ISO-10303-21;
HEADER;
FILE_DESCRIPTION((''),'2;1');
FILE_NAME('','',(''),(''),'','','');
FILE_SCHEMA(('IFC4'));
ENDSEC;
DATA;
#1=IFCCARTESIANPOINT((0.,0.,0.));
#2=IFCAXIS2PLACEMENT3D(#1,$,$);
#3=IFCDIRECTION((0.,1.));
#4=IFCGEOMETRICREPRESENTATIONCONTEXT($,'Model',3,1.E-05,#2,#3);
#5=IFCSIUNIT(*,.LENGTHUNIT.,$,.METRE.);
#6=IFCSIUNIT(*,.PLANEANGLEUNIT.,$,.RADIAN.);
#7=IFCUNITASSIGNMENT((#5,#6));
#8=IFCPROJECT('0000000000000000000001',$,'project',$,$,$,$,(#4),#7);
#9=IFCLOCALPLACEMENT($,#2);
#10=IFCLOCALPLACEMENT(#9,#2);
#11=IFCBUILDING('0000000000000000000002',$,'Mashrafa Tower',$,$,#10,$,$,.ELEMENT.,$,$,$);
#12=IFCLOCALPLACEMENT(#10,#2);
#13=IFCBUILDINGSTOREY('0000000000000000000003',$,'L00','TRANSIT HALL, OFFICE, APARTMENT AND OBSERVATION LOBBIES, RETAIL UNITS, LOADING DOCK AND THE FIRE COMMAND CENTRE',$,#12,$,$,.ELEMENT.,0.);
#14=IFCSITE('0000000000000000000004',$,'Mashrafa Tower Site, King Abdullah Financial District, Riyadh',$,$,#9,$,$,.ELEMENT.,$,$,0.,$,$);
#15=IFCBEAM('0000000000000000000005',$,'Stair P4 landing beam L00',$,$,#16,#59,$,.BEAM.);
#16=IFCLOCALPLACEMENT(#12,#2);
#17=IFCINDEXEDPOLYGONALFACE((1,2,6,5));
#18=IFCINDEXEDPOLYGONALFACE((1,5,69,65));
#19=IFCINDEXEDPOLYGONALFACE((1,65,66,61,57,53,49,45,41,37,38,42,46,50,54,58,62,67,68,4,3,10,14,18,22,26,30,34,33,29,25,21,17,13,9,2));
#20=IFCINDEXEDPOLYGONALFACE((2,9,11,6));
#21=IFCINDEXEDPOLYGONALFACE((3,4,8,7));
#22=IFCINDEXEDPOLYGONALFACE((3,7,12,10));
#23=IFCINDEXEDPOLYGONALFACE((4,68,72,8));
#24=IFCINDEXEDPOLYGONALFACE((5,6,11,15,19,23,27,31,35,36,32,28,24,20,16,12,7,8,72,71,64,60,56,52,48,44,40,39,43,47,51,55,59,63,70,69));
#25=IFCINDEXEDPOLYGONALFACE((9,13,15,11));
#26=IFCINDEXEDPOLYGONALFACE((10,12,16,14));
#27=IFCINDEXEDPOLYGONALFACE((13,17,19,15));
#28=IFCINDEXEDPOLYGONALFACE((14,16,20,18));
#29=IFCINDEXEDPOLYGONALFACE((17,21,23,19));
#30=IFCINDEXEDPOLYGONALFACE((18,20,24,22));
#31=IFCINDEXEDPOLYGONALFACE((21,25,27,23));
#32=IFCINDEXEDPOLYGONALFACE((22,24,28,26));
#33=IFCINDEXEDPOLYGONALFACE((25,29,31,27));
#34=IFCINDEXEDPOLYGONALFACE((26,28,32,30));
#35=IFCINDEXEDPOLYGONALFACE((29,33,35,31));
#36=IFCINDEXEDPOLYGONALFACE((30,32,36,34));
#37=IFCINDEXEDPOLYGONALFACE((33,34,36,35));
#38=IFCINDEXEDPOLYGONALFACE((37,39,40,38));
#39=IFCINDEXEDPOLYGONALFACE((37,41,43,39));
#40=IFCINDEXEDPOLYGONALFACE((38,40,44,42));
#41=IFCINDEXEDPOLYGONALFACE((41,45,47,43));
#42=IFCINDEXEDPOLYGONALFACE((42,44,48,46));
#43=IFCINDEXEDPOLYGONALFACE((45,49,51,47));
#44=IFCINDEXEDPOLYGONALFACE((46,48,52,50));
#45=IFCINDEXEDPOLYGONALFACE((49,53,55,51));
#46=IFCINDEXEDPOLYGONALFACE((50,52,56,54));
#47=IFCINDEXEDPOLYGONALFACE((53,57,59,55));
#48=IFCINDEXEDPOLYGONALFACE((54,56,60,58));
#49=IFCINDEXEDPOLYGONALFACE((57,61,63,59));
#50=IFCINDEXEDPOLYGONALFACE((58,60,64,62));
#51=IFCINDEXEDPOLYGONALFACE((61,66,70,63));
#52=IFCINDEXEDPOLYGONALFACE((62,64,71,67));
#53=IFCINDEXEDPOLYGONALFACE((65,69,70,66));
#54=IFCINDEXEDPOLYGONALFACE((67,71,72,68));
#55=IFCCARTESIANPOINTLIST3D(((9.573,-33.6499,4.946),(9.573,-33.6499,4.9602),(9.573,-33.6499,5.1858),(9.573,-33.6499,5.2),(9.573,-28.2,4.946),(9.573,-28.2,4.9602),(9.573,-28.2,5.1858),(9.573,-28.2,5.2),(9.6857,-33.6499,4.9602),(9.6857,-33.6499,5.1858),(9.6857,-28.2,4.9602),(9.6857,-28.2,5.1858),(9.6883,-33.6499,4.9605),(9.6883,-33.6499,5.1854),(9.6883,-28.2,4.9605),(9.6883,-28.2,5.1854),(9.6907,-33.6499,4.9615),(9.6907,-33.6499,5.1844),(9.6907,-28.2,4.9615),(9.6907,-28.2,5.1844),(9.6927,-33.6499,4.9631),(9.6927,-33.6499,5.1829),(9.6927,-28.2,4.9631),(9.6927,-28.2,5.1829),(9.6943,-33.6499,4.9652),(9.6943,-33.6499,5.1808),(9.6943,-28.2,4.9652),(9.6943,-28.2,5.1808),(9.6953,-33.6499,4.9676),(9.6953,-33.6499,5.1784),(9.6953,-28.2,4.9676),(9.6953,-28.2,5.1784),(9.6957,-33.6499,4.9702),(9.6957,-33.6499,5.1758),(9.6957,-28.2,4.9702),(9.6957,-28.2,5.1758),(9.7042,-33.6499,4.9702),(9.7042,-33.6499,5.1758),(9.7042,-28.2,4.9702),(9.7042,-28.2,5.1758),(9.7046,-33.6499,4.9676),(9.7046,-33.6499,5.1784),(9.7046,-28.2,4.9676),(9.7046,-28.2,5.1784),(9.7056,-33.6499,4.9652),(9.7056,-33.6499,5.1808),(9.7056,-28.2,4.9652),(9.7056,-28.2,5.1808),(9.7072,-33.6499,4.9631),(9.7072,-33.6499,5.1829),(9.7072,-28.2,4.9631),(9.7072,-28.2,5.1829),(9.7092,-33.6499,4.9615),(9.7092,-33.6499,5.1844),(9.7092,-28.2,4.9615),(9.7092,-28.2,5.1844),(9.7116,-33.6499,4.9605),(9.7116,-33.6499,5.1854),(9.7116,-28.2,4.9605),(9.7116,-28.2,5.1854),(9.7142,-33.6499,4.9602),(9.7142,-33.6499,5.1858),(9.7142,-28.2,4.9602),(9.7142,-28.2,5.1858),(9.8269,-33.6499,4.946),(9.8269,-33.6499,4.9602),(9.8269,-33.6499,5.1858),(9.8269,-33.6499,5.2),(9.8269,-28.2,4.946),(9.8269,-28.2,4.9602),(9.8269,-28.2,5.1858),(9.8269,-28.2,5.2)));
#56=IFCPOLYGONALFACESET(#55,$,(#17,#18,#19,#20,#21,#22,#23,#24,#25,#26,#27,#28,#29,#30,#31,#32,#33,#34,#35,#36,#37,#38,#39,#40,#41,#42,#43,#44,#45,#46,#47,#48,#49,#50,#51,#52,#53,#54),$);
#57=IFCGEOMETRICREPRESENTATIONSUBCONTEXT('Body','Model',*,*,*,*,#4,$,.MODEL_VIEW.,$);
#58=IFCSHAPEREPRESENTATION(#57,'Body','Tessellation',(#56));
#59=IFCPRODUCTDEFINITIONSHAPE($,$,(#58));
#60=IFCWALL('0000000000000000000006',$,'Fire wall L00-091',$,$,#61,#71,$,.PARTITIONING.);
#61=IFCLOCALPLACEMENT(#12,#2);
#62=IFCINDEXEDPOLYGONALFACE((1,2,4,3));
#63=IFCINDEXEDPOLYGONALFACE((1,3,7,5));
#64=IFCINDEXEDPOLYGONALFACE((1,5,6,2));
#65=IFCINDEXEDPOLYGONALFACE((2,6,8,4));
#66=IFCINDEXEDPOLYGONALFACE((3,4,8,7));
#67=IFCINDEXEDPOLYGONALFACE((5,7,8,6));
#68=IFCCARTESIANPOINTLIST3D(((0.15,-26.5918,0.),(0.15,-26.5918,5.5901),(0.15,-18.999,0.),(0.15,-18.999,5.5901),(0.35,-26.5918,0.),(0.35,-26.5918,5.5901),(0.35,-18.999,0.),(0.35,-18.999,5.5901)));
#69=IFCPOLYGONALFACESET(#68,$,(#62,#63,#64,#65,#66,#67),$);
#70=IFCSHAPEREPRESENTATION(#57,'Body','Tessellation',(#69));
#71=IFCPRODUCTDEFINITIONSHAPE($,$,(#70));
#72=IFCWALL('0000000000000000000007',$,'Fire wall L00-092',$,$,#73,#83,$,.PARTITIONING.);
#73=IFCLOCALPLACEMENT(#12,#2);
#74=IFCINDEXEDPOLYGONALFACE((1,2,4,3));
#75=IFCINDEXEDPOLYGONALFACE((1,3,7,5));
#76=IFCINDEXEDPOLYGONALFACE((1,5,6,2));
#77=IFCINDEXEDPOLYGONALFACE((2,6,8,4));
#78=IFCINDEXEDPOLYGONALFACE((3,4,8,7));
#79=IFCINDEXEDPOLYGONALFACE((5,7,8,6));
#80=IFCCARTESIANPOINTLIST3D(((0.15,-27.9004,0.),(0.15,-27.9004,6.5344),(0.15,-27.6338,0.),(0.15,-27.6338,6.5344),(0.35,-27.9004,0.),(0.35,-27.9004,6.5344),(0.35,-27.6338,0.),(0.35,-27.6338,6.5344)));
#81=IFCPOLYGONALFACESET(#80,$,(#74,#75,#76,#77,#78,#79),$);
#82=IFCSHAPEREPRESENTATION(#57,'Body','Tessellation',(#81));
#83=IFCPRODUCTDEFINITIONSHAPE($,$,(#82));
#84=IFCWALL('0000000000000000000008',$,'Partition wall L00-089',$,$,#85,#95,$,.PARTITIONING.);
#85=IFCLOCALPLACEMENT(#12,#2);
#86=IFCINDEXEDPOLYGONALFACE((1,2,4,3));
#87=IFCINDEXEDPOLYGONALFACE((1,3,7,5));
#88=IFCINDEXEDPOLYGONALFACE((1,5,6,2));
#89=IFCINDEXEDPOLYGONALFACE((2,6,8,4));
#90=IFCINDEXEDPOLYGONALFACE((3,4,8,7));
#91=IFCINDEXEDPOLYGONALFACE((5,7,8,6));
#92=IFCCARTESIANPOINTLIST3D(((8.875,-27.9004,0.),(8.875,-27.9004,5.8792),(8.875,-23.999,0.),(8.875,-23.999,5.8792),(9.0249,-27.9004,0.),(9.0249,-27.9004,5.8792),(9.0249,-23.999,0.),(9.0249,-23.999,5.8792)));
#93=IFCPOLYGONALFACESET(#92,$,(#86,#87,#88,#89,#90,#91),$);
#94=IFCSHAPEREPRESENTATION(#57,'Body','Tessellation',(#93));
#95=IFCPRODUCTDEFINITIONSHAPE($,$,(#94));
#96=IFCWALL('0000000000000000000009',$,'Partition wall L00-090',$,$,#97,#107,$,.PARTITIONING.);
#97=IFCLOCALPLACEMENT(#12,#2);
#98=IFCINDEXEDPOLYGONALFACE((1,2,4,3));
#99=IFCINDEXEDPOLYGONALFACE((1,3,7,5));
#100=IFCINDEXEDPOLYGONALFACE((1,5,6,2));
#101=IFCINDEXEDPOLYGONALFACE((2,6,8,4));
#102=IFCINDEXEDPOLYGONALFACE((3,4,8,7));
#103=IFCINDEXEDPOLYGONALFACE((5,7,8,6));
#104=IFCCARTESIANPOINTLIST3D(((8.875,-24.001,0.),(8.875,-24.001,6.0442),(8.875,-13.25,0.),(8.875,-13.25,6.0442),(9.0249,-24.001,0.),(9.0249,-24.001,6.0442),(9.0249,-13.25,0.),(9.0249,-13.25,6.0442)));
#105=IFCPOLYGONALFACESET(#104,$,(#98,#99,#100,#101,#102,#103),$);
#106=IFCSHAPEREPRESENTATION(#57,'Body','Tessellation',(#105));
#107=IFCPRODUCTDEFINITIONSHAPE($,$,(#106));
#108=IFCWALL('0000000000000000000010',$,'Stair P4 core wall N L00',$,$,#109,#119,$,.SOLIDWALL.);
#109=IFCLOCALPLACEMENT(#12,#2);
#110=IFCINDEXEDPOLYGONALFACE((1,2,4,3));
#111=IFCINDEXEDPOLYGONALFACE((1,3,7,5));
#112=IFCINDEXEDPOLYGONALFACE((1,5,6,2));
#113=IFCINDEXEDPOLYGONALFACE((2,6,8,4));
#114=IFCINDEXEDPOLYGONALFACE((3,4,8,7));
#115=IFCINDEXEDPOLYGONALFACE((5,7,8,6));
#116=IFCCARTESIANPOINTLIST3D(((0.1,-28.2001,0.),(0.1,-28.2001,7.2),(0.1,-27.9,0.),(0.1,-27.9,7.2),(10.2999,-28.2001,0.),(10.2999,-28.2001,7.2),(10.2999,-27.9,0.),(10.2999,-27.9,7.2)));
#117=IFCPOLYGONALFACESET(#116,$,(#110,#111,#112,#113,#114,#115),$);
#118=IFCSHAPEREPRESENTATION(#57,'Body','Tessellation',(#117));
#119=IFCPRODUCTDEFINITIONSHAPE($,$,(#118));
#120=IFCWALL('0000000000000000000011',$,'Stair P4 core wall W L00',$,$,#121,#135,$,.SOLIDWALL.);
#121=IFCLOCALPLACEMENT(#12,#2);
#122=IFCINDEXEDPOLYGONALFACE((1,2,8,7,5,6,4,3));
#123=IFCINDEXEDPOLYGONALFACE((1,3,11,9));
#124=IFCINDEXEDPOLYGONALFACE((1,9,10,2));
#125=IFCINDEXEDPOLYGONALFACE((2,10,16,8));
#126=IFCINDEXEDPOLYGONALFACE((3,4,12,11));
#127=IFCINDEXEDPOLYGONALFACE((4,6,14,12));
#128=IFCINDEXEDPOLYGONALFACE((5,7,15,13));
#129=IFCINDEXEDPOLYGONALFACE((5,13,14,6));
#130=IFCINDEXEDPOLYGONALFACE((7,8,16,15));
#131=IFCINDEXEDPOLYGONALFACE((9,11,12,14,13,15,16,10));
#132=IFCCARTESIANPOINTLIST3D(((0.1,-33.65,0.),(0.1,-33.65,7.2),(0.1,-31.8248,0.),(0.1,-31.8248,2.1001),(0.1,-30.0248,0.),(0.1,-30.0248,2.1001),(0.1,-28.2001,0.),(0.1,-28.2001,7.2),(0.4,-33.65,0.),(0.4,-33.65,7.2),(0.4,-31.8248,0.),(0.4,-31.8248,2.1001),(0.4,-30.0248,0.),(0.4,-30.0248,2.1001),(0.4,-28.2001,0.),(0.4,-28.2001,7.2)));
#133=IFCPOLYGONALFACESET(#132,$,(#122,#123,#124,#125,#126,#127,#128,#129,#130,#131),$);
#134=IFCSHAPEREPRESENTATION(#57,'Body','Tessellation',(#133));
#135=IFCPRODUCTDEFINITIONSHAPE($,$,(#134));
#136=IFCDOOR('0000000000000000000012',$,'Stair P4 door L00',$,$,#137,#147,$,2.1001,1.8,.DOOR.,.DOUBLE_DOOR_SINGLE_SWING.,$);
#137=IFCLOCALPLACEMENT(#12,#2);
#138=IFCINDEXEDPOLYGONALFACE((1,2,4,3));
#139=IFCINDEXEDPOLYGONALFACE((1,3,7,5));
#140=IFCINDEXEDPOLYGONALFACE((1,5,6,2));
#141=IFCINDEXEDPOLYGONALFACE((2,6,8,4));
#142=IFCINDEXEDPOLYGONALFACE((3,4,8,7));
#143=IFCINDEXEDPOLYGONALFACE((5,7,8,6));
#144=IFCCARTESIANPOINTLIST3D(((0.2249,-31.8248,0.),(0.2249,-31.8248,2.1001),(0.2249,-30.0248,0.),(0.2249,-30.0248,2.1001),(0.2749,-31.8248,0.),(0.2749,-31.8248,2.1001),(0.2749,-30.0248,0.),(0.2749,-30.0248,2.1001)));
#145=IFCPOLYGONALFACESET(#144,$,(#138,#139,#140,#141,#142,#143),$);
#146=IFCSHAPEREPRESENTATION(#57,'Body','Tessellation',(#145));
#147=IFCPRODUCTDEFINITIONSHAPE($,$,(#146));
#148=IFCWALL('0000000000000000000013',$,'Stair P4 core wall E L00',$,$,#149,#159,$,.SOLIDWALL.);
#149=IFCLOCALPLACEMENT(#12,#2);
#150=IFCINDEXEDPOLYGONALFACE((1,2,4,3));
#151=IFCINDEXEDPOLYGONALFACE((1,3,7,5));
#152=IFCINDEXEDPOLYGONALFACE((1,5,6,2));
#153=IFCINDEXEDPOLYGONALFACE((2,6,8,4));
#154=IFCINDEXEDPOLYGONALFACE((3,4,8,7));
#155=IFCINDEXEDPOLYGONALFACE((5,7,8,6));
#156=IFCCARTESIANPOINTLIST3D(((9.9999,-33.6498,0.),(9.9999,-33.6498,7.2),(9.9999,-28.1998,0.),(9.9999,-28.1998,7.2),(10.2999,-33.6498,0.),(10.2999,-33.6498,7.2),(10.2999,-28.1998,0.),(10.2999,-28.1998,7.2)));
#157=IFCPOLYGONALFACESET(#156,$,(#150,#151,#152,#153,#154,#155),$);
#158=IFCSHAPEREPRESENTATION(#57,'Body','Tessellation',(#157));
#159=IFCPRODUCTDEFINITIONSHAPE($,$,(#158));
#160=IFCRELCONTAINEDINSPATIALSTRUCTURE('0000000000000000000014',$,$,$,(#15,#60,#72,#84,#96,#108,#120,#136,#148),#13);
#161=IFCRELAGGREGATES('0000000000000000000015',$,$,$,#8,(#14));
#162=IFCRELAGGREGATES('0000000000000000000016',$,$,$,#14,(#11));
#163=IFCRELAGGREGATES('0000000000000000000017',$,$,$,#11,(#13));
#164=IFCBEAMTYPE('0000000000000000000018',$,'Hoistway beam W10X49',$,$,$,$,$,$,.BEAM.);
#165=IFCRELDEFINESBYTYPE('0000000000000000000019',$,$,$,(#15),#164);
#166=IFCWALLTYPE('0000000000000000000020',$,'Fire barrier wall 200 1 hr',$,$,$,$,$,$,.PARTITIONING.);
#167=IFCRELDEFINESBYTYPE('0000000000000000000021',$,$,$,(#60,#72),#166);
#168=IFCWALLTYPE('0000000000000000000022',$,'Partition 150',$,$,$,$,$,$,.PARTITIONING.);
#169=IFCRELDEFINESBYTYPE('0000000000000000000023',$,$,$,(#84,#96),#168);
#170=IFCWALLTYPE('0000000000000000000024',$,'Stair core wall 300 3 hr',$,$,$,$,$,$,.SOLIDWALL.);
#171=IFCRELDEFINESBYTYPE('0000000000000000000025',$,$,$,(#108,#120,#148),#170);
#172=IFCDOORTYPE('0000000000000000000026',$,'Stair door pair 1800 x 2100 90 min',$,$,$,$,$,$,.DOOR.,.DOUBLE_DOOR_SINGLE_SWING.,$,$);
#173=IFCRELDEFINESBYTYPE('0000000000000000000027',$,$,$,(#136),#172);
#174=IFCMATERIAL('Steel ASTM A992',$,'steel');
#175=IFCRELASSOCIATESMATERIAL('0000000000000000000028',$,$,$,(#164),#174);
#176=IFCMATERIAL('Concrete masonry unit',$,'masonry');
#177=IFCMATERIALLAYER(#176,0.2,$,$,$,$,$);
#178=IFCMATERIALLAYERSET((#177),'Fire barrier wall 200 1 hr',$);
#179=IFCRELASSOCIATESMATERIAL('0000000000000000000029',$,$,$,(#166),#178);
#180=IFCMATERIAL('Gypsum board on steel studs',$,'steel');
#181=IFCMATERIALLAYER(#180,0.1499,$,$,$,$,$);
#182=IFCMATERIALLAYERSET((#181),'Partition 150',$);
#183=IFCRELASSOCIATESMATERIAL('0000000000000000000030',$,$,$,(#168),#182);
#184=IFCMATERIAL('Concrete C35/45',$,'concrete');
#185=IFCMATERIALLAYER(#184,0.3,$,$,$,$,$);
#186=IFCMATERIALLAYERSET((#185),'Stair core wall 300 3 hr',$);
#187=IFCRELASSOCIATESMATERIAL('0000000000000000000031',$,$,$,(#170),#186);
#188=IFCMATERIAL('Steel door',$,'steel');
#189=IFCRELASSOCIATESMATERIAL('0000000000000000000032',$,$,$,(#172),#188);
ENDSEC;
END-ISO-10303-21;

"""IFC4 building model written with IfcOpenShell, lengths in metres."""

from ifc_helpers import new_model, si_unit, direction, frame, frame_2d, origin, origin_2d, place, context, subcontext, project, spatial, rectangle, i_section, extrude, material, layer, layer_set, material_profile, profile_set, type_object, element, fill, save


model = new_model("IFC4")

# Units and contexts
model_context = context("Model", 3, precision=1e-05, world=origin(), true_north=direction((0.0, 1.0)))
body_context = subcontext(model_context, "Body", "Model", "MODEL_VIEW")
ifc_project = project(units=[si_unit("LENGTHUNIT", "METRE"), si_unit("PLANEANGLEUNIT", "RADIAN")], contexts=[model_context])

# Site, building, storey
site_placement = place(None, origin())
site = spatial("IfcSite", under=ifc_project, at=site_placement, Name="Mashrafa Tower Site, King Abdullah Financial District, Riyadh", CompositionType="ELEMENT", RefElevation=0.0)
building_placement = place(site_placement, origin())
building = spatial("IfcBuilding", under=site, at=building_placement, Name="Mashrafa Tower", CompositionType="ELEMENT")
storey_placement = place(building_placement, origin())
storey = spatial("IfcBuildingStorey", under=building, at=storey_placement, Name="L00", Description="TRANSIT HALL, OFFICE, APARTMENT AND OBSERVATION LOBBIES, RETAIL UNITS, LOADING DOCK AND THE FIRE COMMAND CENTRE", CompositionType="ELEMENT", Elevation=0.0)

# Beam
ifc_material_1 = material(Name="Steel ASTM A992", Category="steel")
ifc_material_profile_1 = material_profile(ifc_material_1, i_section(OverallWidth=0.2539, OverallDepth=0.2539, WebThickness=0.0085, FlangeThickness=0.0142, FilletRadius=0.01, at=origin_2d()), Name="W10X49")
ifc_profile_set_1 = profile_set([ifc_material_profile_1], Name="Steel ASTM A992")
beam_type_1 = type_object("IfcBeamType", Name="Hoistway beam W10X49", PredefinedType="BEAM", material=ifc_profile_set_1)
for number, where, z_axis, x_axis, name in (
    (1, (9.7, -33.6499, 5.073), (0.0, 1.0, 0.0), (-1.0, 0.0, 0.0), "Stair P4 landing beam L00"),
):
    element("IfcBeam", number, at=place(storey_placement, frame(where, z_axis=z_axis, x_axis=x_axis)), inside=storey, type_object=beam_type_1, Name=name, PredefinedType="BEAM", context=body_context, shape_type="SweptSolid", body=[
        extrude(i_section(OverallWidth=0.2539, OverallDepth=0.2539, WebThickness=0.0085, FlangeThickness=0.0142, FilletRadius=0.01, at=origin_2d()), origin(), (0.0, 0.0, 1.0), 5.45),
    ])

# Walls
ifc_material_2 = material(Name="Concrete masonry unit", Category="masonry")
ifc_layer_1 = layer(ifc_material_2, 0.2)
ifc_layer_set_1 = layer_set([ifc_layer_1], Name="Fire barrier wall 200 1 hr")
wall_type_1 = type_object("IfcWallType", Name="Fire barrier wall 200 1 hr", PredefinedType="PARTITIONING", material=ifc_layer_set_1)
wall_1_placement = place(storey_placement, frame((0.25, -18.999, 0.0), z_axis=(0.0, 0.0, 1.0), x_axis=(0.0, -1.0, 0.0)))
element("IfcWall", 2, at=wall_1_placement, inside=storey, type_object=wall_type_1, Name="Fire wall L00-091", PredefinedType="PARTITIONING", context=body_context, shape_type="SweptSolid", body=[
    extrude(rectangle(XDim=7.5928, YDim=0.2, at=frame_2d((3.7964, 0.0))), origin(), (0.0, 0.0, 1.0), 5.5901),
])
wall_2_placement = place(storey_placement, frame((0.25, -27.6338, 0.0), z_axis=(0.0, 0.0, 1.0), x_axis=(0.0, -1.0, 0.0)))
element("IfcWall", 3, at=wall_2_placement, inside=storey, type_object=wall_type_1, Name="Fire wall L00-092", PredefinedType="PARTITIONING", context=body_context, shape_type="SweptSolid", body=[
    extrude(rectangle(XDim=0.2666, YDim=0.2, at=frame_2d((0.1333, 0.0))), origin(), (0.0, 0.0, 1.0), 6.5344),
])

# Walls
ifc_material_3 = material(Name="Gypsum board on steel studs", Category="steel")
ifc_layer_2 = layer(ifc_material_3, 0.1499)
ifc_layer_set_2 = layer_set([ifc_layer_2], Name="Partition 150")
wall_type_2 = type_object("IfcWallType", Name="Partition 150", PredefinedType="PARTITIONING", material=ifc_layer_set_2)
wall_3_placement = place(storey_placement, frame((8.95, -27.9004, 0.0), z_axis=(0.0, 0.0, 1.0), x_axis=(0.0, 1.0, 0.0)))
element("IfcWall", 4, at=wall_3_placement, inside=storey, type_object=wall_type_2, Name="Partition wall L00-089", PredefinedType="PARTITIONING", context=body_context, shape_type="SweptSolid", body=[
    extrude(rectangle(XDim=3.9014, YDim=0.1499, at=frame_2d((1.9507, 0.0))), origin(), (0.0, 0.0, 1.0), 5.8792),
])
wall_4_placement = place(storey_placement, frame((8.95, -24.001, 0.0), z_axis=(0.0, 0.0, 1.0), x_axis=(0.0, 1.0, 0.0)))
element("IfcWall", 5, at=wall_4_placement, inside=storey, type_object=wall_type_2, Name="Partition wall L00-090", PredefinedType="PARTITIONING", context=body_context, shape_type="SweptSolid", body=[
    extrude(rectangle(XDim=10.751, YDim=0.1499, at=frame_2d((5.3755, 0.0))), origin(), (0.0, 0.0, 1.0), 6.0442),
])
ifc_material_4 = material(Name="Concrete C35/45", Category="concrete")
ifc_layer_3 = layer(ifc_material_4, 0.3)
ifc_layer_set_3 = layer_set([ifc_layer_3], Name="Stair core wall 300 3 hr")
wall_type_3 = type_object("IfcWallType", Name="Stair core wall 300 3 hr", PredefinedType="SOLIDWALL", material=ifc_layer_set_3)
wall_5_placement = place(storey_placement, frame((10.3, -28.05, 0.0), z_axis=(0.0, 0.0, 1.0), x_axis=(-1.0, 0.0, 0.0)))
element("IfcWall", 6, at=wall_5_placement, inside=storey, type_object=wall_type_3, Name="Stair P4 core wall N L00", PredefinedType="SOLIDWALL", context=body_context, shape_type="SweptSolid", body=[
    extrude(rectangle(XDim=10.2, YDim=0.3, at=frame_2d((5.1001, 0.0))), origin(), (0.0, 0.0, 1.0), 7.2),
])

# Wall, opening, door
wall_6_placement = place(storey_placement, frame((0.25, -28.2, 0.0), z_axis=(0.0, 0.0, 1.0), x_axis=(0.0, -1.0, 0.0)))
wall_6 = element("IfcWall", 7, at=wall_6_placement, inside=storey, type_object=wall_type_3, Name="Stair P4 core wall W L00", PredefinedType="SOLIDWALL", context=body_context, shape_type="SweptSolid", body=[
    extrude(rectangle(XDim=5.45, YDim=0.3, at=frame_2d((2.7251, 0.0))), origin(), (0.0, 0.0, 1.0), 7.2),
])
opening_1_placement = place(wall_6_placement, frame((1.825, 0.0, 0.0)))
opening_1 = element("IfcOpeningElement", 8, at=opening_1_placement, cuts=wall_6, PredefinedType="OPENING", context=body_context, shape_type="SweptSolid", body=[
    extrude(rectangle(XDim=1.8, YDim=2.1001, at=frame_2d((0.8999, 1.05))), frame((0.0, 0.1599, 0.0), z_axis=(0.0, -1.0, 0.0), x_axis=(1.0, 0.0, 0.0)), (0.0, 0.0, 1.0), 0.3201),
])
ifc_material_5 = material(Name="Steel door", Category="steel")
door_type_1 = type_object("IfcDoorType", Name="Stair door pair 1800 x 2100 90 min", OperationType="DOUBLE_DOOR_SINGLE_SWING", PredefinedType="DOOR", material=ifc_material_5)
door_1_placement = place(opening_1_placement, origin())
door_1 = element("IfcDoor", 9, at=door_1_placement, inside=storey, type_object=door_type_1, Name="Stair P4 door L00", OperationType="DOUBLE_DOOR_SINGLE_SWING", OverallHeight=2.1001, OverallWidth=1.8, PredefinedType="DOOR", context=body_context, shape_type="SweptSolid", body=[
    extrude(rectangle(XDim=1.8, YDim=2.1001, at=frame_2d((0.8999, 1.05))), frame((0.0, 0.0249, 0.0), z_axis=(0.0, -1.0, 0.0), x_axis=(1.0, 0.0, 0.0)), (0.0, 0.0, 1.0), 0.05),
])
fill(opening_1, door_1)

# Wall
wall_7_placement = place(storey_placement, frame((10.1499, -33.6499, 0.0), z_axis=(0.0, 0.0, 1.0), x_axis=(0.0, 1.0, 0.0)))
element("IfcWall", 10, at=wall_7_placement, inside=storey, type_object=wall_type_3, Name="Stair P4 core wall E L00", PredefinedType="SOLIDWALL", context=body_context, shape_type="SweptSolid", body=[
    extrude(rectangle(XDim=5.45, YDim=0.3, at=frame_2d((2.7251, 0.0))), origin(), (0.0, 0.0, 1.0), 7.2),
])

save(model, "model.ifc")
